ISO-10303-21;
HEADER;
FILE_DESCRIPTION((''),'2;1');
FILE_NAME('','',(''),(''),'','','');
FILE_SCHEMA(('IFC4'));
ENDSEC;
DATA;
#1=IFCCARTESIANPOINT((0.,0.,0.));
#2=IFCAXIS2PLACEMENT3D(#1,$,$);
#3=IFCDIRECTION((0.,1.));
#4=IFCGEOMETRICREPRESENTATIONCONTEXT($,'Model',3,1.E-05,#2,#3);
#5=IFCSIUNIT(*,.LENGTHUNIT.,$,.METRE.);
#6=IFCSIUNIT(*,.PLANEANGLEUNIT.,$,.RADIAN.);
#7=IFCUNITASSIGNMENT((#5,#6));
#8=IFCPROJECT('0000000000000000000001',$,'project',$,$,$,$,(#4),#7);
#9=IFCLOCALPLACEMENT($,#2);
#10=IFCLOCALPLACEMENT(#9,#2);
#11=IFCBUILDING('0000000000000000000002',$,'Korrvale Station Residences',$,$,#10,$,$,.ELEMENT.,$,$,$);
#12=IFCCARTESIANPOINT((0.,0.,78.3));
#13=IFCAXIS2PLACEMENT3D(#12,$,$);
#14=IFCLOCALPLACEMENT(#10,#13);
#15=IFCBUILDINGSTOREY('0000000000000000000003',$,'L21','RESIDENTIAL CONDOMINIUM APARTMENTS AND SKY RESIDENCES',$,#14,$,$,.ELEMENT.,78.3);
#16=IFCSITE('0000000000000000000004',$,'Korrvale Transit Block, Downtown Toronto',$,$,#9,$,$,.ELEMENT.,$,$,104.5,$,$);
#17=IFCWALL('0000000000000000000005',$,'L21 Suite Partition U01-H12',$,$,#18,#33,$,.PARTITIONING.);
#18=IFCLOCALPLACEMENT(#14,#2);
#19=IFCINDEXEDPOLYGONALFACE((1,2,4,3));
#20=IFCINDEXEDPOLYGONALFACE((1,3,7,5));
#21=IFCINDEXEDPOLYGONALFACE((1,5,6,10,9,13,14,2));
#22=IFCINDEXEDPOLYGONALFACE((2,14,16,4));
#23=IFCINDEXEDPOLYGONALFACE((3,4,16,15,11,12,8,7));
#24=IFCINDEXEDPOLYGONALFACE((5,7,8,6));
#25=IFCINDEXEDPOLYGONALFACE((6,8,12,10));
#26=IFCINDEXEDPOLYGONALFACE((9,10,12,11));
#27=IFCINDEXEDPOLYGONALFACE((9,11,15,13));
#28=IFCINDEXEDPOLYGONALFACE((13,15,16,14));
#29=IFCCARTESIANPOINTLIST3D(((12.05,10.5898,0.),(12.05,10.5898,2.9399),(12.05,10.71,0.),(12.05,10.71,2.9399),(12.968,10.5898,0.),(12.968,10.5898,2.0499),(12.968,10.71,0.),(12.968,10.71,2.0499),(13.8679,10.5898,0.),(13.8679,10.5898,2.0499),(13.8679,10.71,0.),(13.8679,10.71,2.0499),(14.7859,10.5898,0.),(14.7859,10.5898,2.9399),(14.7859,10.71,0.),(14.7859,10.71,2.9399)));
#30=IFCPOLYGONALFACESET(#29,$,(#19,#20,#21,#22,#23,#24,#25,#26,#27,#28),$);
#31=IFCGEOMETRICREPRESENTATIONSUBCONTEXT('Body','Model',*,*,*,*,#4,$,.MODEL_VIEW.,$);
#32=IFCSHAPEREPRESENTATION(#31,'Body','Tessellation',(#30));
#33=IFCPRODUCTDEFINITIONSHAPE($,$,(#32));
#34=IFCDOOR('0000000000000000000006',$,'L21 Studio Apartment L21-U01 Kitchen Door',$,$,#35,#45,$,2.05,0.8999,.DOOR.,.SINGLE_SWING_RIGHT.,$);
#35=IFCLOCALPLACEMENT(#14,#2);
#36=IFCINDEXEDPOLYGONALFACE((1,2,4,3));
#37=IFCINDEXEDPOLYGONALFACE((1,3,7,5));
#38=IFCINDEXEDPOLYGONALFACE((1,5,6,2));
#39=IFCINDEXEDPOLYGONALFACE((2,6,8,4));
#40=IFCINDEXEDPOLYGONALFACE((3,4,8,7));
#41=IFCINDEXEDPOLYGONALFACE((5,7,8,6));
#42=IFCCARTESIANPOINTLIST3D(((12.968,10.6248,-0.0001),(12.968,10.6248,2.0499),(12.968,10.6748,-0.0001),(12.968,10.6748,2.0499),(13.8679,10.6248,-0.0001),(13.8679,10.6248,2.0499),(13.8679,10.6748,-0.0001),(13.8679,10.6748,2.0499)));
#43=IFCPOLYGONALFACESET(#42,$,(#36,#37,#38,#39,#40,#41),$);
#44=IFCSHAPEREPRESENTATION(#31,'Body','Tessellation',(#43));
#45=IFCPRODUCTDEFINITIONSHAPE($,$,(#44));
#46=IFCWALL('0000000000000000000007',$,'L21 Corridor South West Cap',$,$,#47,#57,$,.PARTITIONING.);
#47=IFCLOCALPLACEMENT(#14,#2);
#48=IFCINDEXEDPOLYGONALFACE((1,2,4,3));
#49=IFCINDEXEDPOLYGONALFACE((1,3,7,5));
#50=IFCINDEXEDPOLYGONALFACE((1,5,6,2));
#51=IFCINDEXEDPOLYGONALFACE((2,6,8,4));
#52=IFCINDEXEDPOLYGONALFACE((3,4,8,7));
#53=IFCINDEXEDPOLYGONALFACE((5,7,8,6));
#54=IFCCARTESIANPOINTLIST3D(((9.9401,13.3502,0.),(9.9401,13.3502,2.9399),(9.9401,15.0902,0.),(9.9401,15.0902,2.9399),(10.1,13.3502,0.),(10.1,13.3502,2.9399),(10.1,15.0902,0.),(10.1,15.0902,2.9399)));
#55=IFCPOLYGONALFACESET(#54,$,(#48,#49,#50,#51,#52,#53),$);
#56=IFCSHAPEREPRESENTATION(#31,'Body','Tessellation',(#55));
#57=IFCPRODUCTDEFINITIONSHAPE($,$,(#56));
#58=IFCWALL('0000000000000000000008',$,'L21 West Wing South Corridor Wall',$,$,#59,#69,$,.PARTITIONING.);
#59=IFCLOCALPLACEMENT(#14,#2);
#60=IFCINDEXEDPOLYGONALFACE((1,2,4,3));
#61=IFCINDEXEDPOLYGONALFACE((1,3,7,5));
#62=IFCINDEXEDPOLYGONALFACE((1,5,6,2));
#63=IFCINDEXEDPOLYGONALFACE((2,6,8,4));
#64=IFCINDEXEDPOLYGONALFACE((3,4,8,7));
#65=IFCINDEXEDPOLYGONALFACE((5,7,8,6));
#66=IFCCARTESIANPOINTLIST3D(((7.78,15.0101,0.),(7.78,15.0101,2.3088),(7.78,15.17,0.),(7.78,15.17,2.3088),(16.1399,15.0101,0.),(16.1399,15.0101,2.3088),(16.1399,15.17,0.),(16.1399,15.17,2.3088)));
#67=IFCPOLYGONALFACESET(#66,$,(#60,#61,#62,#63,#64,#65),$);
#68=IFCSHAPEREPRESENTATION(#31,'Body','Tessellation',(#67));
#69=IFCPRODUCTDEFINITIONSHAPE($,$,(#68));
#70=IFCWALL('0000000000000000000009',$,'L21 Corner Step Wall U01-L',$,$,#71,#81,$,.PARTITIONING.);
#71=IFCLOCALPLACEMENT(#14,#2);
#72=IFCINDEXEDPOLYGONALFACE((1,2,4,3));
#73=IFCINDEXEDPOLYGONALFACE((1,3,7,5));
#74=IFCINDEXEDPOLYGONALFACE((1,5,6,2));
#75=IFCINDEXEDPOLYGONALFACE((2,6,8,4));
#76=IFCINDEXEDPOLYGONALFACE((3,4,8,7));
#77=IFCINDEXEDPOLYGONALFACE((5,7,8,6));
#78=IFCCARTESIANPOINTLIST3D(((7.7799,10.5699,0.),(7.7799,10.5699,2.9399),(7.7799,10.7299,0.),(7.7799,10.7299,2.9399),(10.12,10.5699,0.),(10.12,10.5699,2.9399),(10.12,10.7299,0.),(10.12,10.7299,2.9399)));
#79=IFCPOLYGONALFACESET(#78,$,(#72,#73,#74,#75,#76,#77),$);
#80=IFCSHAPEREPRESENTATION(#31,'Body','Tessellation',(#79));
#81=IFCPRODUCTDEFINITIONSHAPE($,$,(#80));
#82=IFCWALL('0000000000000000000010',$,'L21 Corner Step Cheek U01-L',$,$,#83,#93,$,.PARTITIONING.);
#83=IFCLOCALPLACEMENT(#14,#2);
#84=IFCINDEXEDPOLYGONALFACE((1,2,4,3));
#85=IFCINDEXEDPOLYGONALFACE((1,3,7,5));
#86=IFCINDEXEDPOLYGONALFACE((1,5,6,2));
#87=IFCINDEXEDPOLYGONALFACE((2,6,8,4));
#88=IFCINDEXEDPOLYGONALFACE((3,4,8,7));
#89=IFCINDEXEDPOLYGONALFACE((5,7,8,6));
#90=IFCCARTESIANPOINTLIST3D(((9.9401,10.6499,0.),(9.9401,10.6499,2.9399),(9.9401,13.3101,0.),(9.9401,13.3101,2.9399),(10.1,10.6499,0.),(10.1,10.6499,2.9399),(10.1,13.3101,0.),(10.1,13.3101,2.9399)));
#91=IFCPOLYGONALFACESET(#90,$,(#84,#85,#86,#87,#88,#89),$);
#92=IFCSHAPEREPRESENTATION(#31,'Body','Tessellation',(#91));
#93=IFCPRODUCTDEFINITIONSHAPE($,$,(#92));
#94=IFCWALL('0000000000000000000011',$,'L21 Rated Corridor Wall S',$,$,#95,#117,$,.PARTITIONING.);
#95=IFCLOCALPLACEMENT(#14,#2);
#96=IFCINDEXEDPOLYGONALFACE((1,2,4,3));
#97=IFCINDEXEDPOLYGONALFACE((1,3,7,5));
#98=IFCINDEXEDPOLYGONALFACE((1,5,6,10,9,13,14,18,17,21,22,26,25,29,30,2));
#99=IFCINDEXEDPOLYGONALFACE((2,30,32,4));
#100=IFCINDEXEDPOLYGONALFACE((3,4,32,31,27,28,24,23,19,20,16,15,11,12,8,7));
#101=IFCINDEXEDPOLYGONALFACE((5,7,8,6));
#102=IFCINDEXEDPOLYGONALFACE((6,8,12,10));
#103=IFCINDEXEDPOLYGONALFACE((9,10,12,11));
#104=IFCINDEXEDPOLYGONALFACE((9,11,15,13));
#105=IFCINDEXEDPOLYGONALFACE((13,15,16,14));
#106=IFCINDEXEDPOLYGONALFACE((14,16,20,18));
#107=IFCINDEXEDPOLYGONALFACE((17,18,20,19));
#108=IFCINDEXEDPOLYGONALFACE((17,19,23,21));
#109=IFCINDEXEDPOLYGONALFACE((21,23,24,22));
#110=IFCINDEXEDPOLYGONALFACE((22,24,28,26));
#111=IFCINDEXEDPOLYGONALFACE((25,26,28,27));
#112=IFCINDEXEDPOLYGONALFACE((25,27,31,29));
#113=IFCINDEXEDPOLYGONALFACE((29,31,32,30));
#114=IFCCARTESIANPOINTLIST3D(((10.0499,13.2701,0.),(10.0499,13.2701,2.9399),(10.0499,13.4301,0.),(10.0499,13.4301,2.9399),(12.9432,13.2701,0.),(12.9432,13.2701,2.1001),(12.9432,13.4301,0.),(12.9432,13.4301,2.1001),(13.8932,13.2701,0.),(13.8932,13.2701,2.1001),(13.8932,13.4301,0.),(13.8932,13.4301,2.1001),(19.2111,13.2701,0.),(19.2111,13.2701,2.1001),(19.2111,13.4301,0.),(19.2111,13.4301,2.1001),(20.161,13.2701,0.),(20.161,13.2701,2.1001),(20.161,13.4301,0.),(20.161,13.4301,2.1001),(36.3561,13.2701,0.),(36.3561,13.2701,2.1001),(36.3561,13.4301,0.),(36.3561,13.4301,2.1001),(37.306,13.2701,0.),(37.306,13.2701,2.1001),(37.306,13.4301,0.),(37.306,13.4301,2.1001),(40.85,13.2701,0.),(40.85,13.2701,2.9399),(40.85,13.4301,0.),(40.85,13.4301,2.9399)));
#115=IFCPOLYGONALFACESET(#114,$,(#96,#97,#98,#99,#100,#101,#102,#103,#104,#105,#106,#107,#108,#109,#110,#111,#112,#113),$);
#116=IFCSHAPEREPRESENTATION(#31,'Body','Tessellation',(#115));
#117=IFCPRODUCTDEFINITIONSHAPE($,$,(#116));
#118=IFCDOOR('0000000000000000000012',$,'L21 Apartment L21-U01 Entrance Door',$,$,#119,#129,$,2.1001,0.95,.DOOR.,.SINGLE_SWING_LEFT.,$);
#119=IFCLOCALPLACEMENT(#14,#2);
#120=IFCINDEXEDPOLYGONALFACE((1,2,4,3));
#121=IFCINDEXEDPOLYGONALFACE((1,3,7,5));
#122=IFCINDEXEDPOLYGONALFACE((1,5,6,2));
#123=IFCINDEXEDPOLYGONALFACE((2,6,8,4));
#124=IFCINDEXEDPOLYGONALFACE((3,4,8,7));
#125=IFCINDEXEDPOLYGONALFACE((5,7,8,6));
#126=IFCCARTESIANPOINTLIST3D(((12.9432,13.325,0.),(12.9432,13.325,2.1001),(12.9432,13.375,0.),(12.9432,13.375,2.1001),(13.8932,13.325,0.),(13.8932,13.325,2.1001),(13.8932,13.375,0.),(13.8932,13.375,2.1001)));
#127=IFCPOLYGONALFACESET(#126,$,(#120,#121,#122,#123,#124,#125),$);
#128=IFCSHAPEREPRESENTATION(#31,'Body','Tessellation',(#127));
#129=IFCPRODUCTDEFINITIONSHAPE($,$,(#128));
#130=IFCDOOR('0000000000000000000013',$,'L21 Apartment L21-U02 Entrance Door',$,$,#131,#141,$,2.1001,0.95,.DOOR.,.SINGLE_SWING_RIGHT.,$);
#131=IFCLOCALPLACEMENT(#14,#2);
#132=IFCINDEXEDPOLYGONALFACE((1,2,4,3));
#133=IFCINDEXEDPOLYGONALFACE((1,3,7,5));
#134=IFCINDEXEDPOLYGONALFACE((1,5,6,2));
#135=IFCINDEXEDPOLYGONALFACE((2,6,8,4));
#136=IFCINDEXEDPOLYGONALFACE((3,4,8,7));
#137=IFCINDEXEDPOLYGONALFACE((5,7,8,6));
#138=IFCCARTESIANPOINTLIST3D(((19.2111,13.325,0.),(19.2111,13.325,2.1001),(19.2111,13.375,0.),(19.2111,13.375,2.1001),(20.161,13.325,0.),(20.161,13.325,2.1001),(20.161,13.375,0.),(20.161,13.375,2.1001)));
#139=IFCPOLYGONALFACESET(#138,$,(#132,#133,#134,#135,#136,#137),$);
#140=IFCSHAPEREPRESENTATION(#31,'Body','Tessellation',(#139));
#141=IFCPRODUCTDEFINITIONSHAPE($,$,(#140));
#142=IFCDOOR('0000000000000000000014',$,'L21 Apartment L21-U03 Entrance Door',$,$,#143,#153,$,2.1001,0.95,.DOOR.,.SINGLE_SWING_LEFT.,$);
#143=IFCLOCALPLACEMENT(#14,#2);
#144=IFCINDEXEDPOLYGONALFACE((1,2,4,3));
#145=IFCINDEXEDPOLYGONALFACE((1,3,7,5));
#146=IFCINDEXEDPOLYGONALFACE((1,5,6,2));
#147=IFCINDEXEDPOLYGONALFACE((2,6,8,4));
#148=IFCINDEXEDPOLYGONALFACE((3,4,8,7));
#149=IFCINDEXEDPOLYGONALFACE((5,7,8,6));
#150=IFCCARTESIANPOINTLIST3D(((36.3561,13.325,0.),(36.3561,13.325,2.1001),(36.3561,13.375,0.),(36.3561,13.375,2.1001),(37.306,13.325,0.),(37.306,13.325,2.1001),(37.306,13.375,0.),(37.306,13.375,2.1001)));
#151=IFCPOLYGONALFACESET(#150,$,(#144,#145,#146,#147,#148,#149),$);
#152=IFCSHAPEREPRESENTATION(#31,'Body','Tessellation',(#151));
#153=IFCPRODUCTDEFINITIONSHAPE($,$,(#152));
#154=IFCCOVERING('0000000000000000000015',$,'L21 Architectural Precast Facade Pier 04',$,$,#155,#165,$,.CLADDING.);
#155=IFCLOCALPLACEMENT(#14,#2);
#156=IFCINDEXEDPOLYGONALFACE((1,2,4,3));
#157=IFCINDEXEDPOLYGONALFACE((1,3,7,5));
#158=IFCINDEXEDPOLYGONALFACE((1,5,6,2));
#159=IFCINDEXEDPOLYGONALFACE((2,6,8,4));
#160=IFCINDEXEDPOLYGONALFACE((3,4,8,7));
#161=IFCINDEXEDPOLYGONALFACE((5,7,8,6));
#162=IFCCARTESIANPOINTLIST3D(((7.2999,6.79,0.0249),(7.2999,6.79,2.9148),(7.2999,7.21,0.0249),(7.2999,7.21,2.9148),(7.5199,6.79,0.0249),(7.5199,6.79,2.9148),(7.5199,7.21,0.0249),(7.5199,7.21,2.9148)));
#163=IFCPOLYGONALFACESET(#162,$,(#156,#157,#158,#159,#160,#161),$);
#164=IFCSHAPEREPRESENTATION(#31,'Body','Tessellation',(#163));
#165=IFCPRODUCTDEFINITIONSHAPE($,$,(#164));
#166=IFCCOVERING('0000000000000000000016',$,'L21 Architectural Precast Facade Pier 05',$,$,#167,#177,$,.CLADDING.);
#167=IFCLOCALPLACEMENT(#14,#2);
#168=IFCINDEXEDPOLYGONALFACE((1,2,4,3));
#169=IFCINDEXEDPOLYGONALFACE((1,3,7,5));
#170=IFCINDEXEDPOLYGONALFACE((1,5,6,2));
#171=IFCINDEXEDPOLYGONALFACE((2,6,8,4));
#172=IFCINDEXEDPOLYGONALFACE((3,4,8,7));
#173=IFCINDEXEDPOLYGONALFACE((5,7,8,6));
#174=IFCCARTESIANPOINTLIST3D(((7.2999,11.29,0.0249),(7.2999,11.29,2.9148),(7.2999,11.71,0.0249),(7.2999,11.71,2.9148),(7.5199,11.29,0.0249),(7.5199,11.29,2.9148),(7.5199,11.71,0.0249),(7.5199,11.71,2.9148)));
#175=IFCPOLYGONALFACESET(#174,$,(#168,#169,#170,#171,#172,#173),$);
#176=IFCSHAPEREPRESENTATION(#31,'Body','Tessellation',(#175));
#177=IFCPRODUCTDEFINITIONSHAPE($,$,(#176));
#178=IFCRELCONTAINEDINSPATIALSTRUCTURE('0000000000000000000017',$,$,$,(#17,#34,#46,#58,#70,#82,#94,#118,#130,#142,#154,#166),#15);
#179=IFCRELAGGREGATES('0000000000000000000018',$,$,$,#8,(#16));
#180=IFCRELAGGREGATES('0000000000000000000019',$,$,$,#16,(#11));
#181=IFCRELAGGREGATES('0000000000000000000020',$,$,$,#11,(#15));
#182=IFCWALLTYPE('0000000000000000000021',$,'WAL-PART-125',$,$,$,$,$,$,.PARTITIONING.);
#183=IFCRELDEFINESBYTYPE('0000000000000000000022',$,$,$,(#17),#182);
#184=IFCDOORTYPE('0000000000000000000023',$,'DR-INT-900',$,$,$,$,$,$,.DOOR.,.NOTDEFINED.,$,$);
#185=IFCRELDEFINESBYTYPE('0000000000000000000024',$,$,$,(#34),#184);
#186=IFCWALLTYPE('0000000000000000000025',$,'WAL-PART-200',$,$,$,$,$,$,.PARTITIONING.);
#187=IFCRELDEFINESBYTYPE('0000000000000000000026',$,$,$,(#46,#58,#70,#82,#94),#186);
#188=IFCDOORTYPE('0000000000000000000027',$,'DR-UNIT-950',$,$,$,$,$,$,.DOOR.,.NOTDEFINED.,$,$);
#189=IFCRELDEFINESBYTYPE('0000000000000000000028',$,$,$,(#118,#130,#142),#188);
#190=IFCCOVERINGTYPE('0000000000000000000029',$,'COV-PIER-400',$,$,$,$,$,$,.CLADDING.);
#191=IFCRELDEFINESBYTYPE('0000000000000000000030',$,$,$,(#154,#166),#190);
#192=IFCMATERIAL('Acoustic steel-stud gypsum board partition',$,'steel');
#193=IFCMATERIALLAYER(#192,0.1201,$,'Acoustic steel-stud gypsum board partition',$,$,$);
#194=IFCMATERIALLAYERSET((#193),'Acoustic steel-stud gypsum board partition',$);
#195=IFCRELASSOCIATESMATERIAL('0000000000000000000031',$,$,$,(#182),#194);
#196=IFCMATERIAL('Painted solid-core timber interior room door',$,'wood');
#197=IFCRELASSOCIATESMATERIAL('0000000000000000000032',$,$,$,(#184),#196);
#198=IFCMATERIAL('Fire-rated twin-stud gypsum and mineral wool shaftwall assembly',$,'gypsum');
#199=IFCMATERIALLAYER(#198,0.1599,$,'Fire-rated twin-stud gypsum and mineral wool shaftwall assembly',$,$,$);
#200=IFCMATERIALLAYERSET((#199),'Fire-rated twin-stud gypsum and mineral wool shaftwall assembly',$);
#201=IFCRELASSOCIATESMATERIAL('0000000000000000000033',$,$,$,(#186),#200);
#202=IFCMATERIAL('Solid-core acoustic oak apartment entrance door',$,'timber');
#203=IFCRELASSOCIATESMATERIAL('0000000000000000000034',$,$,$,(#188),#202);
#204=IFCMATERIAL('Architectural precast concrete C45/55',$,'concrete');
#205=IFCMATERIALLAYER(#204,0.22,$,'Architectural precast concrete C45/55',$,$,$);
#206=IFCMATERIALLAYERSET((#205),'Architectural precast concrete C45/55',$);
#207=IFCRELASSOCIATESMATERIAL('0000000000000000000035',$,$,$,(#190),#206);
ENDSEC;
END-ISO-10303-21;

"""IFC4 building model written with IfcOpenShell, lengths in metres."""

from ifc_helpers import new_model, si_unit, direction, frame, frame_2d, origin, origin_2d, place, context, subcontext, project, spatial, rectangle, extrude, material, layer, layer_set, type_object, element, fill, save


model = new_model("IFC4")

# Units and contexts
model_context = context("Model", 3, precision=1e-05, world=origin(), true_north=direction((0.0, 1.0)))
body_context = subcontext(model_context, "Body", "Model", "MODEL_VIEW")
ifc_project = project(units=[si_unit("LENGTHUNIT", "METRE"), si_unit("PLANEANGLEUNIT", "RADIAN")], contexts=[model_context])

# Site, building, storey
site_placement = place(None, origin())
site = spatial("IfcSite", under=ifc_project, at=site_placement, Name="Korrvale Transit Block, Downtown Toronto", CompositionType="ELEMENT", RefElevation=104.5)
building_placement = place(site_placement, origin())
building = spatial("IfcBuilding", under=site, at=building_placement, Name="Korrvale Station Residences", CompositionType="ELEMENT")
storey_placement = place(building_placement, frame((0.0, 0.0, 78.3)))
storey = spatial("IfcBuildingStorey", under=building, at=storey_placement, Name="L21", Description="RESIDENTIAL CONDOMINIUM APARTMENTS AND SKY RESIDENCES", CompositionType="ELEMENT", Elevation=78.3)

# Shared definitions
ifc_material_1 = material(Name="Acoustic steel-stud gypsum board partition", Category="steel")
ifc_layer_1 = layer(ifc_material_1, 0.1201, Name="Acoustic steel-stud gypsum board partition")
ifc_layer_set_1 = layer_set([ifc_layer_1], Name="Acoustic steel-stud gypsum board partition")
wall_type_1 = type_object("IfcWallType", Name="WAL-PART-125", PredefinedType="PARTITIONING", material=ifc_layer_set_1)

# Wall, opening, door
wall_1_placement = place(storey_placement, frame((12.05, 10.6499, 0.0), z_axis=(0.0, 0.0, 1.0), x_axis=(1.0, 0.0, 0.0)))
wall_1 = element("IfcWall", 1, at=wall_1_placement, inside=storey, type_object=wall_type_1, Name="L21 Suite Partition U01-H12", PredefinedType="PARTITIONING", context=body_context, shape_type="SweptSolid", body=[
    extrude(rectangle(XDim=2.7358, YDim=0.1201, at=frame_2d((1.3679, 0.0))), origin(), (0.0, 0.0, 1.0), 2.9399),
])
opening_1_placement = place(wall_1_placement, frame((0.918, 0.0, 0.0)))
opening_1 = element("IfcOpeningElement", 2, at=opening_1_placement, cuts=wall_1, PredefinedType="OPENING", context=body_context, shape_type="SweptSolid", body=[
    extrude(rectangle(XDim=0.8999, YDim=2.05, at=frame_2d((0.45, 1.0249))), frame((0.0, 0.0701, 0.0), z_axis=(0.0, -1.0, 0.0), x_axis=(1.0, 0.0, 0.0)), (0.0, 0.0, 1.0), 0.1401),
])
ifc_material_2 = material(Name="Painted solid-core timber interior room door", Category="wood")
door_type_1 = type_object("IfcDoorType", Name="DR-INT-900", OperationType="NOTDEFINED", PredefinedType="DOOR", material=ifc_material_2)
door_1_placement = place(opening_1_placement, origin())
door_1 = element("IfcDoor", 3, at=door_1_placement, inside=storey, type_object=door_type_1, Name="L21 Studio Apartment L21-U01 Kitchen Door", OperationType="SINGLE_SWING_RIGHT", OverallHeight=2.05, OverallWidth=0.8999, PredefinedType="DOOR", context=body_context, shape_type="SweptSolid", body=[
    extrude(rectangle(XDim=0.8999, YDim=2.05, at=frame_2d((0.45, 1.0249))), frame((0.0, 0.0249, 0.0), z_axis=(0.0, -1.0, 0.0), x_axis=(1.0, 0.0, 0.0)), (0.0, 0.0, 1.0), 0.05),
])
fill(opening_1, door_1)

# Walls
ifc_material_3 = material(Name="Fire-rated twin-stud gypsum and mineral wool shaftwall assembly", Category="gypsum")
ifc_layer_2 = layer(ifc_material_3, 0.1599, Name="Fire-rated twin-stud gypsum and mineral wool shaftwall assembly")
ifc_layer_set_2 = layer_set([ifc_layer_2], Name="Fire-rated twin-stud gypsum and mineral wool shaftwall assembly")
wall_type_2 = type_object("IfcWallType", Name="WAL-PART-200", PredefinedType="PARTITIONING", material=ifc_layer_set_2)
wall_2_placement = place(storey_placement, frame((10.02, 13.3501, 0.0), z_axis=(0.0, 0.0, 1.0), x_axis=(0.0, 1.0, 0.0)))
element("IfcWall", 4, at=wall_2_placement, inside=storey, type_object=wall_type_2, Name="L21 Corridor South West Cap", PredefinedType="PARTITIONING", context=body_context, shape_type="SweptSolid", body=[
    extrude(rectangle(XDim=1.74, YDim=0.1599, at=frame_2d((0.8701, 0.0))), origin(), (0.0, 0.0, 1.0), 2.9399),
])
wall_3_placement = place(storey_placement, frame((7.78, 15.0901, 0.0), z_axis=(0.0, 0.0, 1.0), x_axis=(1.0, 0.0, 0.0)))
element("IfcWall", 5, at=wall_3_placement, inside=storey, type_object=wall_type_2, Name="L21 West Wing South Corridor Wall", PredefinedType="PARTITIONING", context=body_context, shape_type="SweptSolid", body=[
    extrude(rectangle(XDim=8.3599, YDim=0.1599, at=frame_2d((4.1799, 0.0))), origin(), (0.0, 0.0, 1.0), 2.3088),
])
wall_4_placement = place(storey_placement, frame((7.78, 10.6499, 0.0), z_axis=(0.0, 0.0, 1.0), x_axis=(1.0, 0.0, 0.0)))
element("IfcWall", 6, at=wall_4_placement, inside=storey, type_object=wall_type_2, Name="L21 Corner Step Wall U01-L", PredefinedType="PARTITIONING", context=body_context, shape_type="SweptSolid", body=[
    extrude(rectangle(XDim=2.3401, YDim=0.1599, at=frame_2d((1.1699, 0.0))), origin(), (0.0, 0.0, 1.0), 2.9399),
])
wall_5_placement = place(storey_placement, frame((10.02, 10.6499, 0.0), z_axis=(0.0, 0.0, 1.0), x_axis=(0.0, 1.0, 0.0)))
element("IfcWall", 7, at=wall_5_placement, inside=storey, type_object=wall_type_2, Name="L21 Corner Step Cheek U01-L", PredefinedType="PARTITIONING", context=body_context, shape_type="SweptSolid", body=[
    extrude(rectangle(XDim=2.6602, YDim=0.1599, at=frame_2d((1.3301, 0.0))), origin(), (0.0, 0.0, 1.0), 2.9399),
])

# Wall, openings, doors
wall_6_placement = place(storey_placement, frame((10.05, 13.3501, 0.0), z_axis=(0.0, 0.0, 1.0), x_axis=(1.0, 0.0, 0.0)))
wall_6 = element("IfcWall", 8, at=wall_6_placement, inside=storey, type_object=wall_type_2, Name="L21 Rated Corridor Wall S", PredefinedType="PARTITIONING", context=body_context, shape_type="SweptSolid", body=[
    extrude(rectangle(XDim=30.8, YDim=0.1599, at=frame_2d((15.3999, 0.0))), origin(), (0.0, 0.0, 1.0), 2.9399),
])
opening_2_placement = place(wall_6_placement, frame((2.8931, 0.0, 0.0)))
opening_2 = element("IfcOpeningElement", 9, at=opening_2_placement, cuts=wall_6, PredefinedType="OPENING", context=body_context, shape_type="SweptSolid", body=[
    extrude(rectangle(XDim=0.95, YDim=2.1001, at=frame_2d((0.4751, 1.05))), frame((0.0, 0.0898, 0.0), z_axis=(0.0, -1.0, 0.0), x_axis=(1.0, 0.0, 0.0)), (0.0, 0.0, 1.0), 0.1799),
])
opening_3_placement = place(wall_6_placement, frame((9.1609, 0.0, 0.0)))
opening_3 = element("IfcOpeningElement", 10, at=opening_3_placement, cuts=wall_6, PredefinedType="OPENING", context=body_context, shape_type="SweptSolid", body=[
    extrude(rectangle(XDim=0.95, YDim=2.1001, at=frame_2d((0.4751, 1.05))), frame((0.0, 0.0898, 0.0), z_axis=(0.0, -1.0, 0.0), x_axis=(1.0, 0.0, 0.0)), (0.0, 0.0, 1.0), 0.1799),
])
opening_4_placement = place(wall_6_placement, frame((26.3059, 0.0, 0.0)))
opening_4 = element("IfcOpeningElement", 11, at=opening_4_placement, cuts=wall_6, PredefinedType="OPENING", context=body_context, shape_type="SweptSolid", body=[
    extrude(rectangle(XDim=0.95, YDim=2.1001, at=frame_2d((0.4751, 1.05))), frame((0.0, 0.0898, 0.0), z_axis=(0.0, -1.0, 0.0), x_axis=(1.0, 0.0, 0.0)), (0.0, 0.0, 1.0), 0.1799),
])
ifc_material_4 = material(Name="Solid-core acoustic oak apartment entrance door", Category="timber")
door_type_2 = type_object("IfcDoorType", Name="DR-UNIT-950", OperationType="NOTDEFINED", PredefinedType="DOOR", material=ifc_material_4)
door_2_placement = place(opening_2_placement, origin())
door_2 = element("IfcDoor", 12, at=door_2_placement, inside=storey, type_object=door_type_2, Name="L21 Apartment L21-U01 Entrance Door", OperationType="SINGLE_SWING_LEFT", OverallHeight=2.1001, OverallWidth=0.95, PredefinedType="DOOR", context=body_context, shape_type="SweptSolid", body=[
    extrude(rectangle(XDim=0.95, YDim=2.1001, at=frame_2d((0.4751, 1.05))), frame((0.0, 0.0249, 0.0), z_axis=(0.0, -1.0, 0.0), x_axis=(1.0, 0.0, 0.0)), (0.0, 0.0, 1.0), 0.05),
])
fill(opening_2, door_2)
door_3_placement = place(opening_3_placement, origin())
door_3 = element("IfcDoor", 13, at=door_3_placement, inside=storey, type_object=door_type_2, Name="L21 Apartment L21-U02 Entrance Door", OperationType="SINGLE_SWING_RIGHT", OverallHeight=2.1001, OverallWidth=0.95, PredefinedType="DOOR", context=body_context, shape_type="SweptSolid", body=[
    extrude(rectangle(XDim=0.95, YDim=2.1001, at=frame_2d((0.4751, 1.05))), frame((0.0, 0.0249, 0.0), z_axis=(0.0, -1.0, 0.0), x_axis=(1.0, 0.0, 0.0)), (0.0, 0.0, 1.0), 0.05),
])
fill(opening_3, door_3)
door_4_placement = place(opening_4_placement, origin())
door_4 = element("IfcDoor", 14, at=door_4_placement, inside=storey, type_object=door_type_2, Name="L21 Apartment L21-U03 Entrance Door", OperationType="SINGLE_SWING_LEFT", OverallHeight=2.1001, OverallWidth=0.95, PredefinedType="DOOR", context=body_context, shape_type="SweptSolid", body=[
    extrude(rectangle(XDim=0.95, YDim=2.1001, at=frame_2d((0.4751, 1.05))), frame((0.0, 0.0249, 0.0), z_axis=(0.0, -1.0, 0.0), x_axis=(1.0, 0.0, 0.0)), (0.0, 0.0, 1.0), 0.05),
])
fill(opening_4, door_4)

# Coverings
ifc_material_5 = material(Name="Architectural precast concrete C45/55", Category="concrete")
ifc_layer_3 = layer(ifc_material_5, 0.22, Name="Architectural precast concrete C45/55")
ifc_layer_set_3 = layer_set([ifc_layer_3], Name="Architectural precast concrete C45/55")
covering_type = type_object("IfcCoveringType", Name="COV-PIER-400", PredefinedType="CLADDING", material=ifc_layer_set_3)
for number, where, z_axis, x_axis, name in (
    (15, (7.4099, 7.0, 0.0249), (0.0, 0.0, 1.0), (0.0, 1.0, 0.0), "L21 Architectural Precast Facade Pier 04"),
    (16, (7.4099, 11.5, 0.0249), (0.0, 0.0, 1.0), (0.0, 1.0, 0.0), "L21 Architectural Precast Facade Pier 05"),
):
    element("IfcCovering", number, at=place(storey_placement, frame(where, z_axis=z_axis, x_axis=x_axis)), inside=storey, type_object=covering_type, Name=name, PredefinedType="CLADDING", context=body_context, shape_type="SweptSolid", body=[
        extrude(rectangle(XDim=0.4199, YDim=0.22, at=origin_2d()), origin(), (0.0, 0.0, 1.0), 2.8899),
    ])

save(model, "model.ifc")
